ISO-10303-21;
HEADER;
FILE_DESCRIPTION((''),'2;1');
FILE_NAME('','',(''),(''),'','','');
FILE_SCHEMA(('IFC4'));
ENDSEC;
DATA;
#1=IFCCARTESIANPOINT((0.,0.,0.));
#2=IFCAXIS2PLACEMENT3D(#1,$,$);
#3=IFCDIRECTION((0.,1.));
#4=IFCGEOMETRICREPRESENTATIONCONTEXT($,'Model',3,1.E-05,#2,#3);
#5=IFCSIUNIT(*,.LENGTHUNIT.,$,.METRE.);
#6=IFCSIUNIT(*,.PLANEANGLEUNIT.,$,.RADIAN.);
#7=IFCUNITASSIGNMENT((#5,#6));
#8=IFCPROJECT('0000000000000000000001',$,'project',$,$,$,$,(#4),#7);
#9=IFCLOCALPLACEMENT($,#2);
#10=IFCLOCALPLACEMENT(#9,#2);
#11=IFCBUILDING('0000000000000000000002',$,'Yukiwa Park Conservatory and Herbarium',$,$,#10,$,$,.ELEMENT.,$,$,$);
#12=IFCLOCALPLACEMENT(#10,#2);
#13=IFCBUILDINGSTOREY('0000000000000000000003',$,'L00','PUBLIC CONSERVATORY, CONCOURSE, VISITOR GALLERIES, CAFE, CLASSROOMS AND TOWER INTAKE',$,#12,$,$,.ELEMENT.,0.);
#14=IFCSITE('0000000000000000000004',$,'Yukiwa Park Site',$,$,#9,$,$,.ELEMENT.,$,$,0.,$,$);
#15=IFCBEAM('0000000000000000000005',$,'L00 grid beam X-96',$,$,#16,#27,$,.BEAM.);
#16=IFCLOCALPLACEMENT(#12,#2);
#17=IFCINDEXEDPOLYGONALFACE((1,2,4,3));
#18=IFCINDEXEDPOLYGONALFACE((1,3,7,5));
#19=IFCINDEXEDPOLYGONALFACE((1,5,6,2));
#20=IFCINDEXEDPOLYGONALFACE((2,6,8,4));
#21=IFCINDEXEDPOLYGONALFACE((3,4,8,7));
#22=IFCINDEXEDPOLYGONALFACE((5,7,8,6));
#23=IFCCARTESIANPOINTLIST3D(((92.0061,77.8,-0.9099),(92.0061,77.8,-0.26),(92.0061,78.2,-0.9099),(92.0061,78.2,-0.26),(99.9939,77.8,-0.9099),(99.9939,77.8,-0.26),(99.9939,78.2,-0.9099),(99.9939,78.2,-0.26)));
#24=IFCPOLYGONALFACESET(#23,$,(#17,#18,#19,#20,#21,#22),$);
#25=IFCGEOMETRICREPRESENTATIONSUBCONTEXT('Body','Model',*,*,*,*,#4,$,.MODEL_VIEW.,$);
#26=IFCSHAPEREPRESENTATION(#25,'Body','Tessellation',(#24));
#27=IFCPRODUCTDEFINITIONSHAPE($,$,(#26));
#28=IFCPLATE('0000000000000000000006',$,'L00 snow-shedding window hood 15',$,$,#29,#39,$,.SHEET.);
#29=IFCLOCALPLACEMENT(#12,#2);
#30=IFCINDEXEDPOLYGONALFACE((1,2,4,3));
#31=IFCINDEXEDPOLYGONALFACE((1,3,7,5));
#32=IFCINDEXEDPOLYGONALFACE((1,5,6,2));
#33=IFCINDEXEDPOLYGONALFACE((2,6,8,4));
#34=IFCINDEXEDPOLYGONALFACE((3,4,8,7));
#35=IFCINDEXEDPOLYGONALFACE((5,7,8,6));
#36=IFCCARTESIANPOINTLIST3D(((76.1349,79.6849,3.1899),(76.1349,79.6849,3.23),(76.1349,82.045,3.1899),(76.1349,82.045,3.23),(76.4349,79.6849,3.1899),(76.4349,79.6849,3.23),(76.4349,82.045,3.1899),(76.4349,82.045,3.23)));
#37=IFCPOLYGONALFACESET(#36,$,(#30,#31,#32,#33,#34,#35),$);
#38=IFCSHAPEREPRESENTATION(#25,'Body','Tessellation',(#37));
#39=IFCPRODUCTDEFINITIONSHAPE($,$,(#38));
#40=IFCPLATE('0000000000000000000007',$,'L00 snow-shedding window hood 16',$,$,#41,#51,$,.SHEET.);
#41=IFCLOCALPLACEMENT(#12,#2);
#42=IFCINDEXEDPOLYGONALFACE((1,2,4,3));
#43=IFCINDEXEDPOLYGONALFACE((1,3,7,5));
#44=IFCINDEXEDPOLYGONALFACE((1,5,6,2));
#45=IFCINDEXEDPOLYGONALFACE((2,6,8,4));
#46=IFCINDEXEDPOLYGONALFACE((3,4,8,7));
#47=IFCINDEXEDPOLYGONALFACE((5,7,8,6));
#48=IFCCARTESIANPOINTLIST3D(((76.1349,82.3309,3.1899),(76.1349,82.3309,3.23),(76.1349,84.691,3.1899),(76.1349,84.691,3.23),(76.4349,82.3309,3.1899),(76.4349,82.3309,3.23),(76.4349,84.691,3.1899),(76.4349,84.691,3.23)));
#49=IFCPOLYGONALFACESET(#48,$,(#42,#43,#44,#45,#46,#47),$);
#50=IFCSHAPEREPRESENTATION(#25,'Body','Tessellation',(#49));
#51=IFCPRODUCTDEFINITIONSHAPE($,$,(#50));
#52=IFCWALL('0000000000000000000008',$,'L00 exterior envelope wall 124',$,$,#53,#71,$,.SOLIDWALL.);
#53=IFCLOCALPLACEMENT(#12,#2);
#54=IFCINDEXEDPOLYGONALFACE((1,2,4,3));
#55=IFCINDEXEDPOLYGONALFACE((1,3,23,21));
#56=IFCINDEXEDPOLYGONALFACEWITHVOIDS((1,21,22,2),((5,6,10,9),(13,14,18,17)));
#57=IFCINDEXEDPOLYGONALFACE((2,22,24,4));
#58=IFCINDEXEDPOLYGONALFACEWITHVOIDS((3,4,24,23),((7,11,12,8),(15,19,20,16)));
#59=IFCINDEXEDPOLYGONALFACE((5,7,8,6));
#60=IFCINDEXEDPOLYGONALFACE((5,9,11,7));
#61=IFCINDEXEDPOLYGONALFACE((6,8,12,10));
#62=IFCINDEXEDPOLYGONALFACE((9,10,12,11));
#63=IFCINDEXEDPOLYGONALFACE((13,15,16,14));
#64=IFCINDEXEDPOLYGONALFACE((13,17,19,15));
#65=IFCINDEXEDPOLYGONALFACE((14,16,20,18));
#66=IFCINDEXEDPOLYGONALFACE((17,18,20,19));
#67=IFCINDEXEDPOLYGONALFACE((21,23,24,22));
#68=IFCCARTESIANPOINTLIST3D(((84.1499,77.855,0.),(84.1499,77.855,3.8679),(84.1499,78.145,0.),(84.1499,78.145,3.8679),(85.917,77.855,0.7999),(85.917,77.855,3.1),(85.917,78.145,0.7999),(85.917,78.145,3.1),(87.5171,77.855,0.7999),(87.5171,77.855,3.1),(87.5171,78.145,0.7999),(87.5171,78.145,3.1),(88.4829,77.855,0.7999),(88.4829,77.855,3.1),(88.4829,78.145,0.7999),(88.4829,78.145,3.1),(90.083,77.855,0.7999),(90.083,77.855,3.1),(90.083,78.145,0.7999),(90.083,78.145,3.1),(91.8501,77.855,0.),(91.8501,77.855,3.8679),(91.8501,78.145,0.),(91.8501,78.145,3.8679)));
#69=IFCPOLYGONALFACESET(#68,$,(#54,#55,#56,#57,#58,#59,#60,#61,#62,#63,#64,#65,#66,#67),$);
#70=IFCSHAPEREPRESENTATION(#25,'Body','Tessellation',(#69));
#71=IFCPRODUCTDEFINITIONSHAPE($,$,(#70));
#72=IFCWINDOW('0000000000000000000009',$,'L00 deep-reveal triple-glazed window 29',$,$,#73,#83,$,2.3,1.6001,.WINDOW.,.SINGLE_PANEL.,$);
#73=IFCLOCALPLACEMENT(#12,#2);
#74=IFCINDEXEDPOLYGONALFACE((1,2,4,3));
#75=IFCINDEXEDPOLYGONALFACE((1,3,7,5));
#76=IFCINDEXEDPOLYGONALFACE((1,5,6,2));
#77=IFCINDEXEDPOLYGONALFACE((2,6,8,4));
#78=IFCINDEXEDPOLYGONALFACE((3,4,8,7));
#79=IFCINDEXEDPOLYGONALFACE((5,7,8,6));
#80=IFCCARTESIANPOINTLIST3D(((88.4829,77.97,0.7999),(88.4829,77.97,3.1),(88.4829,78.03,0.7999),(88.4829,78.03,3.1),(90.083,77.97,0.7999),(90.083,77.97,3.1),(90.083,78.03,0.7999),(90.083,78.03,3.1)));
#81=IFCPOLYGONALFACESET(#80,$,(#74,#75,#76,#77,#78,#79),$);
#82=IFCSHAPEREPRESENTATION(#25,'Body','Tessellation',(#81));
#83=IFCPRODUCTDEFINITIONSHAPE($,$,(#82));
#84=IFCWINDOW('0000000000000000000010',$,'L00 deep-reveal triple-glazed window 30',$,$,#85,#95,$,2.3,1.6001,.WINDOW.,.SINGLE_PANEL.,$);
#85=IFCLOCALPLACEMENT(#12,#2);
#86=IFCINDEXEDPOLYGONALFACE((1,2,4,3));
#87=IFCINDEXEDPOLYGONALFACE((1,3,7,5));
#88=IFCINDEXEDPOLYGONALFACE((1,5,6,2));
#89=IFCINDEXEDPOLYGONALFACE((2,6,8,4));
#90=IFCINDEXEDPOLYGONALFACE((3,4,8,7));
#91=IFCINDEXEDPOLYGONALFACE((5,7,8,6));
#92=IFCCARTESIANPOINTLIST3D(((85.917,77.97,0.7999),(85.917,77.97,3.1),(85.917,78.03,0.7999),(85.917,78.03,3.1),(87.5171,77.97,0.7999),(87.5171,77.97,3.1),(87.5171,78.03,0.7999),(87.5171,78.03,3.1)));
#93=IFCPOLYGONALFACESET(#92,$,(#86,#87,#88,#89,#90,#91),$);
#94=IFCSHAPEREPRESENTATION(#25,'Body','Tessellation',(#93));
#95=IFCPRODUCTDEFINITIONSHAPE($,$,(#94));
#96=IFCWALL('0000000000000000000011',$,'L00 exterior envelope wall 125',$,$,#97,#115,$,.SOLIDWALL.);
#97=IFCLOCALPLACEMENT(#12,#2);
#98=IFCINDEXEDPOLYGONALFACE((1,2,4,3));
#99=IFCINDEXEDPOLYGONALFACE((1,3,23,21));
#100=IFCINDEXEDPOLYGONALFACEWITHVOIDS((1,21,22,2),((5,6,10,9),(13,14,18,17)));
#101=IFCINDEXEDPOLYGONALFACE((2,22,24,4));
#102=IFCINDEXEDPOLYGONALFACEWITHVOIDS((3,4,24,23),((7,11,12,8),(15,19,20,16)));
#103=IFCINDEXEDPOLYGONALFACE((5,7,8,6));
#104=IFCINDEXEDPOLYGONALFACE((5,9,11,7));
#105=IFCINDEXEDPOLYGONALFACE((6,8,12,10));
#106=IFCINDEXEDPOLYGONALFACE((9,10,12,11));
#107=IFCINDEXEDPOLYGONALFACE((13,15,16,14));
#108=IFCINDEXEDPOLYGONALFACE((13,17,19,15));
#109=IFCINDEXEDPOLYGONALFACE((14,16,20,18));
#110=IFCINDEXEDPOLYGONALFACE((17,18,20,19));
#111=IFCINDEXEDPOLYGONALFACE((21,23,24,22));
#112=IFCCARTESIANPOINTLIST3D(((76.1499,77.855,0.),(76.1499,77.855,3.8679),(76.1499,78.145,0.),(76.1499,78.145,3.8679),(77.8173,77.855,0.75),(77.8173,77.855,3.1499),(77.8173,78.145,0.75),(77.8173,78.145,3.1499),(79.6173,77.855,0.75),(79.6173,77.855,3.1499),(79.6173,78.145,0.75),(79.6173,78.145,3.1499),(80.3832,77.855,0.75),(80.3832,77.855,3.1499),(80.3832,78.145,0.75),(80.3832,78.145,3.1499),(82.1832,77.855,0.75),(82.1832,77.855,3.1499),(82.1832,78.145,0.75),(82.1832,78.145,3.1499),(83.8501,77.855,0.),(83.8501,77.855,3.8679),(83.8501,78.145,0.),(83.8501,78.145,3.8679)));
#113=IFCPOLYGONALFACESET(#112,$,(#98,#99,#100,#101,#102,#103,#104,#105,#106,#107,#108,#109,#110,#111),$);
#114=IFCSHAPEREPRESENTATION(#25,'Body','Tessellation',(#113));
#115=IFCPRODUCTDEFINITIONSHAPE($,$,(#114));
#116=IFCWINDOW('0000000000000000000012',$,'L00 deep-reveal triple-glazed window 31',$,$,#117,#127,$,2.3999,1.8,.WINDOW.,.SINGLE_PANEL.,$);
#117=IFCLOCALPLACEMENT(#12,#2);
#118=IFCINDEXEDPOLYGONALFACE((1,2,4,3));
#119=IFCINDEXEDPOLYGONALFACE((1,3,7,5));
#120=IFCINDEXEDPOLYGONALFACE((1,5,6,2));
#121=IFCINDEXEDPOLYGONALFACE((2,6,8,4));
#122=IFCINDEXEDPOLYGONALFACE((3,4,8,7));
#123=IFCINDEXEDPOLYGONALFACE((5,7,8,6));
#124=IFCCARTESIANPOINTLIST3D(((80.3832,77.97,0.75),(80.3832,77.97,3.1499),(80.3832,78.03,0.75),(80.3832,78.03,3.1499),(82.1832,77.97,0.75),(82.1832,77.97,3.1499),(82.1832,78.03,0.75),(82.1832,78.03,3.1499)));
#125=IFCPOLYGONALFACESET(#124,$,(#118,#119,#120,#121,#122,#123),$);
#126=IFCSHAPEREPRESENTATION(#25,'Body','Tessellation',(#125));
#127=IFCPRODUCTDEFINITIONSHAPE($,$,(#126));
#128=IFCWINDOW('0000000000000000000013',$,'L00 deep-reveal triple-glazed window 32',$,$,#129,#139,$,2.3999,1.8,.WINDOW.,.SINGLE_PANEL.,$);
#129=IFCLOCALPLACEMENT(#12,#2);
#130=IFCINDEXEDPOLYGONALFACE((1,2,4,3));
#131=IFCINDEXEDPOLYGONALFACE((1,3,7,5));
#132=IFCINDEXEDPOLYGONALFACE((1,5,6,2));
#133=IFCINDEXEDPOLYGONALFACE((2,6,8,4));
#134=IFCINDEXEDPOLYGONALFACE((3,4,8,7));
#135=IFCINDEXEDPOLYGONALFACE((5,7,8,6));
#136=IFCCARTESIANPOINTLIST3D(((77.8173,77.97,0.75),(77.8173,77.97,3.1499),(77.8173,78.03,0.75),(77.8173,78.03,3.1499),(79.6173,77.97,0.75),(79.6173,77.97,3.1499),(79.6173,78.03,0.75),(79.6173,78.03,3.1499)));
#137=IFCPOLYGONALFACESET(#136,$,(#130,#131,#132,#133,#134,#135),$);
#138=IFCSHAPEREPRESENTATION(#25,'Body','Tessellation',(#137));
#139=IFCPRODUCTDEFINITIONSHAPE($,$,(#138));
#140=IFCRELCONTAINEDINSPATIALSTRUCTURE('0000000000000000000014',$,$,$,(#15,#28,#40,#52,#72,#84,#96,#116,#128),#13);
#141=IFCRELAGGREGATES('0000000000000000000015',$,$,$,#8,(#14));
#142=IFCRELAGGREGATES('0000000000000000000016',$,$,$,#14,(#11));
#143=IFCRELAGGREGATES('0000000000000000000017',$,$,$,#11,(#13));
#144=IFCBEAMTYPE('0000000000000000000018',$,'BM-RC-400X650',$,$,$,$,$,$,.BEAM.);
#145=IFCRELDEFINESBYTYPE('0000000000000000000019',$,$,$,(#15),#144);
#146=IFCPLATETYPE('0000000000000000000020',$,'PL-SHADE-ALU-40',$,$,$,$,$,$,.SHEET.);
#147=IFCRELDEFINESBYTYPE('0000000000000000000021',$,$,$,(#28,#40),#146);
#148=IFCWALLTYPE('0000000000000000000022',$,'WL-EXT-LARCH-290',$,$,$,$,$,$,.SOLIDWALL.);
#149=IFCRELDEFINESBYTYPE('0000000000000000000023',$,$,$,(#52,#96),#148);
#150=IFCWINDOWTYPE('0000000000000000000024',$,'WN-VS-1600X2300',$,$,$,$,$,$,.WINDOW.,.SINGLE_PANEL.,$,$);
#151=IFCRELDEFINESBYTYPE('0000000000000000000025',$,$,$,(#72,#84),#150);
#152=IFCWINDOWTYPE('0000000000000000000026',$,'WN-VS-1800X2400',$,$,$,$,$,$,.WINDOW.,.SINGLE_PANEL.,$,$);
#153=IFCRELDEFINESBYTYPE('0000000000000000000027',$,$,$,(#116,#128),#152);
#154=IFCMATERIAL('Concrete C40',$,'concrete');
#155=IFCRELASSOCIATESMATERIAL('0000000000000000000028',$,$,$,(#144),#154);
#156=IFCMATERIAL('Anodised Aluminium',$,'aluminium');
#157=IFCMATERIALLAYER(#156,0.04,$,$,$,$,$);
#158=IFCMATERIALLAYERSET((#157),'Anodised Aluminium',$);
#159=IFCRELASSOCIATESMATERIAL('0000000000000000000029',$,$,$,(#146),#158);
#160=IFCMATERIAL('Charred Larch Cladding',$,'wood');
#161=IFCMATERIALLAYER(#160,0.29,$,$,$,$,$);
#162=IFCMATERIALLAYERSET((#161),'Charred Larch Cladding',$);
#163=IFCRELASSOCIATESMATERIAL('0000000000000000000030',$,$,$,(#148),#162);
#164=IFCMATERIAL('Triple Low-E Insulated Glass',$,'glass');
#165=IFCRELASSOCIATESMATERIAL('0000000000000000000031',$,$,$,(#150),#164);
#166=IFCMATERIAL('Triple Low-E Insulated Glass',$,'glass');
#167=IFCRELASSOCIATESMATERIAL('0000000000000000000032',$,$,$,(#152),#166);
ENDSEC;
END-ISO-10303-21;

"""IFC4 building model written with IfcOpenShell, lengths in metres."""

from ifc_helpers import new_model, si_unit, direction, frame, frame_2d, origin, origin_2d, place, context, subcontext, project, spatial, rectangle, extrude, material, layer, layer_set, material_profile, profile_set, type_object, element, fill, save


model = new_model("IFC4")

# Units and contexts
model_context = context("Model", 3, precision=1e-05, world=origin(), true_north=direction((0.0, 1.0)))
body_context = subcontext(model_context, "Body", "Model", "MODEL_VIEW")
ifc_project = project(units=[si_unit("LENGTHUNIT", "METRE"), si_unit("PLANEANGLEUNIT", "RADIAN")], contexts=[model_context])

# Site, building, storey
site_placement = place(None, origin())
site = spatial("IfcSite", under=ifc_project, at=site_placement, Name="Yukiwa Park Site", CompositionType="ELEMENT", RefElevation=0.0)
building_placement = place(site_placement, origin())
building = spatial("IfcBuilding", under=site, at=building_placement, Name="Yukiwa Park Conservatory and Herbarium", CompositionType="ELEMENT")
storey_placement = place(building_placement, origin())
storey = spatial("IfcBuildingStorey", under=building, at=storey_placement, Name="L00", Description="PUBLIC CONSERVATORY, CONCOURSE, VISITOR GALLERIES, CAFE, CLASSROOMS AND TOWER INTAKE", CompositionType="ELEMENT", Elevation=0.0)

# Beam
ifc_material_1 = material(Name="Concrete C40", Category="concrete")
ifc_material_profile_1 = material_profile(ifc_material_1, rectangle(XDim=0.3999, YDim=0.6499, at=origin_2d()), Name="RC 400x650")
ifc_profile_set_1 = profile_set([ifc_material_profile_1], Name="Concrete C40")
beam_type_1 = type_object("IfcBeamType", Name="BM-RC-400X650", PredefinedType="BEAM", material=ifc_profile_set_1)
for number, where, z_axis, x_axis, name in (
    (1, (92.0061, 78.0, -0.585), (1.0, 0.0, 0.0), (0.0, 1.0, 0.0), "L00 grid beam X-96"),
):
    element("IfcBeam", number, at=place(storey_placement, frame(where, z_axis=z_axis, x_axis=x_axis)), inside=storey, type_object=beam_type_1, Name=name, PredefinedType="BEAM", context=body_context, shape_type="SweptSolid", body=[
        extrude(rectangle(XDim=0.3999, YDim=0.6499, at=origin_2d()), origin(), (0.0, 0.0, 1.0), 7.9878),
    ])

# Plates
ifc_material_2 = material(Name="Anodised Aluminium", Category="aluminium")
ifc_layer_1 = layer(ifc_material_2, 0.04)
ifc_layer_set_1 = layer_set([ifc_layer_1], Name="Anodised Aluminium")
plate_type = type_object("IfcPlateType", Name="PL-SHADE-ALU-40", PredefinedType="SHEET", material=ifc_layer_set_1)
for number, where, z_axis, x_axis, name in (
    (2, (76.2849, 80.865, 3.1899), (0.0, 0.0, 1.0), (0.0, 1.0, 0.0), "L00 snow-shedding window hood 15"),
    (3, (76.2849, 83.511, 3.1899), (0.0, 0.0, 1.0), (0.0, 1.0, 0.0), "L00 snow-shedding window hood 16"),
):
    element("IfcPlate", number, at=place(storey_placement, frame(where, z_axis=z_axis, x_axis=x_axis)), inside=storey, type_object=plate_type, Name=name, PredefinedType="SHEET", context=body_context, shape_type="SweptSolid", body=[
        extrude(rectangle(XDim=2.3601, YDim=0.3, at=origin_2d()), origin(), (0.0, 0.0, 1.0), 0.04),
    ])

# Walls, openings, windows
ifc_material_3 = material(Name="Charred Larch Cladding", Category="wood")
ifc_layer_2 = layer(ifc_material_3, 0.29)
ifc_layer_set_2 = layer_set([ifc_layer_2], Name="Charred Larch Cladding")
wall_type = type_object("IfcWallType", Name="WL-EXT-LARCH-290", PredefinedType="SOLIDWALL", material=ifc_layer_set_2)
wall_1_placement = place(storey_placement, frame((91.8501, 78.0, 0.0), z_axis=(0.0, 0.0, 1.0), x_axis=(-1.0, 0.0, 0.0)))
wall_1 = element("IfcWall", 4, at=wall_1_placement, inside=storey, type_object=wall_type, Name="L00 exterior envelope wall 124", PredefinedType="SOLIDWALL", context=body_context, shape_type="SweptSolid", body=[
    extrude(rectangle(XDim=7.7002, YDim=0.29, at=frame_2d((3.8501, 0.0))), origin(), (0.0, 0.0, 1.0), 3.8679),
])
opening_1_placement = place(wall_1_placement, frame((1.7671, 0.0, 0.8)))
opening_1 = element("IfcOpeningElement", 5, at=opening_1_placement, cuts=wall_1, PredefinedType="OPENING", context=body_context, shape_type="SweptSolid", body=[
    extrude(rectangle(XDim=1.6001, YDim=2.3, at=frame_2d((0.8, 1.1499))), frame((0.0, 0.155, 0.0), z_axis=(0.0, -1.0, 0.0), x_axis=(1.0, 0.0, 0.0)), (0.0, 0.0, 1.0), 0.3101),
])
opening_2_placement = place(wall_1_placement, frame((4.333, 0.0, 0.8)))
opening_2 = element("IfcOpeningElement", 6, at=opening_2_placement, cuts=wall_1, PredefinedType="OPENING", context=body_context, shape_type="SweptSolid", body=[
    extrude(rectangle(XDim=1.6001, YDim=2.3, at=frame_2d((0.8, 1.1499))), frame((0.0, 0.155, 0.0), z_axis=(0.0, -1.0, 0.0), x_axis=(1.0, 0.0, 0.0)), (0.0, 0.0, 1.0), 0.3101),
])
ifc_material_4 = material(Name="Triple Low-E Insulated Glass", Category="glass")
window_type_1 = type_object("IfcWindowType", Name="WN-VS-1600X2300", PartitioningType="SINGLE_PANEL", PredefinedType="WINDOW", material=ifc_material_4)
window_1_placement = place(opening_1_placement, origin())
window_1 = element("IfcWindow", 7, at=window_1_placement, inside=storey, type_object=window_type_1, Name="L00 deep-reveal triple-glazed window 29", OverallHeight=2.3, OverallWidth=1.6001, PartitioningType="SINGLE_PANEL", PredefinedType="WINDOW", context=body_context, shape_type="SweptSolid", body=[
    extrude(rectangle(XDim=1.6001, YDim=2.3, at=frame_2d((0.8, 1.1499))), frame((0.0, 0.03, 0.0), z_axis=(0.0, -1.0, 0.0), x_axis=(1.0, 0.0, 0.0)), (0.0, 0.0, 1.0), 0.0601),
])
fill(opening_1, window_1)
window_2_placement = place(opening_2_placement, origin())
window_2 = element("IfcWindow", 8, at=window_2_placement, inside=storey, type_object=window_type_1, Name="L00 deep-reveal triple-glazed window 30", OverallHeight=2.3, OverallWidth=1.6001, PartitioningType="SINGLE_PANEL", PredefinedType="WINDOW", context=body_context, shape_type="SweptSolid", body=[
    extrude(rectangle(XDim=1.6001, YDim=2.3, at=frame_2d((0.8, 1.1499))), frame((0.0, 0.03, 0.0), z_axis=(0.0, -1.0, 0.0), x_axis=(1.0, 0.0, 0.0)), (0.0, 0.0, 1.0), 0.0601),
])
fill(opening_2, window_2)
wall_2_placement = place(storey_placement, frame((83.8501, 78.0, 0.0), z_axis=(0.0, 0.0, 1.0), x_axis=(-1.0, 0.0, 0.0)))
wall_2 = element("IfcWall", 9, at=wall_2_placement, inside=storey, type_object=wall_type, Name="L00 exterior envelope wall 125", PredefinedType="SOLIDWALL", context=body_context, shape_type="SweptSolid", body=[
    extrude(rectangle(XDim=7.7002, YDim=0.29, at=frame_2d((3.8501, 0.0))), origin(), (0.0, 0.0, 1.0), 3.8679),
])
opening_3_placement = place(wall_2_placement, frame((1.667, 0.0, 0.75)))
opening_3 = element("IfcOpeningElement", 10, at=opening_3_placement, cuts=wall_2, PredefinedType="OPENING", context=body_context, shape_type="SweptSolid", body=[
    extrude(rectangle(XDim=1.8, YDim=2.3999, at=frame_2d((0.8999, 1.2))), frame((0.0, 0.155, 0.0), z_axis=(0.0, -1.0, 0.0), x_axis=(1.0, 0.0, 0.0)), (0.0, 0.0, 1.0), 0.3101),
])
opening_4_placement = place(wall_2_placement, frame((4.2329, 0.0, 0.75)))
opening_4 = element("IfcOpeningElement", 11, at=opening_4_placement, cuts=wall_2, PredefinedType="OPENING", context=body_context, shape_type="SweptSolid", body=[
    extrude(rectangle(XDim=1.8, YDim=2.3999, at=frame_2d((0.8999, 1.2))), frame((0.0, 0.155, 0.0), z_axis=(0.0, -1.0, 0.0), x_axis=(1.0, 0.0, 0.0)), (0.0, 0.0, 1.0), 0.3101),
])
ifc_material_5 = material(Name="Triple Low-E Insulated Glass", Category="glass")
window_type_2 = type_object("IfcWindowType", Name="WN-VS-1800X2400", PartitioningType="SINGLE_PANEL", PredefinedType="WINDOW", material=ifc_material_5)
window_3_placement = place(opening_3_placement, origin())
window_3 = element("IfcWindow", 12, at=window_3_placement, inside=storey, type_object=window_type_2, Name="L00 deep-reveal triple-glazed window 31", OverallHeight=2.3999, OverallWidth=1.8, PartitioningType="SINGLE_PANEL", PredefinedType="WINDOW", context=body_context, shape_type="SweptSolid", body=[
    extrude(rectangle(XDim=1.8, YDim=2.3999, at=frame_2d((0.8999, 1.2))), frame((0.0, 0.03, 0.0), z_axis=(0.0, -1.0, 0.0), x_axis=(1.0, 0.0, 0.0)), (0.0, 0.0, 1.0), 0.0601),
])
fill(opening_3, window_3)
window_4_placement = place(opening_4_placement, origin())
window_4 = element("IfcWindow", 13, at=window_4_placement, inside=storey, type_object=window_type_2, Name="L00 deep-reveal triple-glazed window 32", OverallHeight=2.3999, OverallWidth=1.8, PartitioningType="SINGLE_PANEL", PredefinedType="WINDOW", context=body_context, shape_type="SweptSolid", body=[
    extrude(rectangle(XDim=1.8, YDim=2.3999, at=frame_2d((0.8999, 1.2))), frame((0.0, 0.03, 0.0), z_axis=(0.0, -1.0, 0.0), x_axis=(1.0, 0.0, 0.0)), (0.0, 0.0, 1.0), 0.0601),
])
fill(opening_4, window_4)

save(model, "model.ifc")
